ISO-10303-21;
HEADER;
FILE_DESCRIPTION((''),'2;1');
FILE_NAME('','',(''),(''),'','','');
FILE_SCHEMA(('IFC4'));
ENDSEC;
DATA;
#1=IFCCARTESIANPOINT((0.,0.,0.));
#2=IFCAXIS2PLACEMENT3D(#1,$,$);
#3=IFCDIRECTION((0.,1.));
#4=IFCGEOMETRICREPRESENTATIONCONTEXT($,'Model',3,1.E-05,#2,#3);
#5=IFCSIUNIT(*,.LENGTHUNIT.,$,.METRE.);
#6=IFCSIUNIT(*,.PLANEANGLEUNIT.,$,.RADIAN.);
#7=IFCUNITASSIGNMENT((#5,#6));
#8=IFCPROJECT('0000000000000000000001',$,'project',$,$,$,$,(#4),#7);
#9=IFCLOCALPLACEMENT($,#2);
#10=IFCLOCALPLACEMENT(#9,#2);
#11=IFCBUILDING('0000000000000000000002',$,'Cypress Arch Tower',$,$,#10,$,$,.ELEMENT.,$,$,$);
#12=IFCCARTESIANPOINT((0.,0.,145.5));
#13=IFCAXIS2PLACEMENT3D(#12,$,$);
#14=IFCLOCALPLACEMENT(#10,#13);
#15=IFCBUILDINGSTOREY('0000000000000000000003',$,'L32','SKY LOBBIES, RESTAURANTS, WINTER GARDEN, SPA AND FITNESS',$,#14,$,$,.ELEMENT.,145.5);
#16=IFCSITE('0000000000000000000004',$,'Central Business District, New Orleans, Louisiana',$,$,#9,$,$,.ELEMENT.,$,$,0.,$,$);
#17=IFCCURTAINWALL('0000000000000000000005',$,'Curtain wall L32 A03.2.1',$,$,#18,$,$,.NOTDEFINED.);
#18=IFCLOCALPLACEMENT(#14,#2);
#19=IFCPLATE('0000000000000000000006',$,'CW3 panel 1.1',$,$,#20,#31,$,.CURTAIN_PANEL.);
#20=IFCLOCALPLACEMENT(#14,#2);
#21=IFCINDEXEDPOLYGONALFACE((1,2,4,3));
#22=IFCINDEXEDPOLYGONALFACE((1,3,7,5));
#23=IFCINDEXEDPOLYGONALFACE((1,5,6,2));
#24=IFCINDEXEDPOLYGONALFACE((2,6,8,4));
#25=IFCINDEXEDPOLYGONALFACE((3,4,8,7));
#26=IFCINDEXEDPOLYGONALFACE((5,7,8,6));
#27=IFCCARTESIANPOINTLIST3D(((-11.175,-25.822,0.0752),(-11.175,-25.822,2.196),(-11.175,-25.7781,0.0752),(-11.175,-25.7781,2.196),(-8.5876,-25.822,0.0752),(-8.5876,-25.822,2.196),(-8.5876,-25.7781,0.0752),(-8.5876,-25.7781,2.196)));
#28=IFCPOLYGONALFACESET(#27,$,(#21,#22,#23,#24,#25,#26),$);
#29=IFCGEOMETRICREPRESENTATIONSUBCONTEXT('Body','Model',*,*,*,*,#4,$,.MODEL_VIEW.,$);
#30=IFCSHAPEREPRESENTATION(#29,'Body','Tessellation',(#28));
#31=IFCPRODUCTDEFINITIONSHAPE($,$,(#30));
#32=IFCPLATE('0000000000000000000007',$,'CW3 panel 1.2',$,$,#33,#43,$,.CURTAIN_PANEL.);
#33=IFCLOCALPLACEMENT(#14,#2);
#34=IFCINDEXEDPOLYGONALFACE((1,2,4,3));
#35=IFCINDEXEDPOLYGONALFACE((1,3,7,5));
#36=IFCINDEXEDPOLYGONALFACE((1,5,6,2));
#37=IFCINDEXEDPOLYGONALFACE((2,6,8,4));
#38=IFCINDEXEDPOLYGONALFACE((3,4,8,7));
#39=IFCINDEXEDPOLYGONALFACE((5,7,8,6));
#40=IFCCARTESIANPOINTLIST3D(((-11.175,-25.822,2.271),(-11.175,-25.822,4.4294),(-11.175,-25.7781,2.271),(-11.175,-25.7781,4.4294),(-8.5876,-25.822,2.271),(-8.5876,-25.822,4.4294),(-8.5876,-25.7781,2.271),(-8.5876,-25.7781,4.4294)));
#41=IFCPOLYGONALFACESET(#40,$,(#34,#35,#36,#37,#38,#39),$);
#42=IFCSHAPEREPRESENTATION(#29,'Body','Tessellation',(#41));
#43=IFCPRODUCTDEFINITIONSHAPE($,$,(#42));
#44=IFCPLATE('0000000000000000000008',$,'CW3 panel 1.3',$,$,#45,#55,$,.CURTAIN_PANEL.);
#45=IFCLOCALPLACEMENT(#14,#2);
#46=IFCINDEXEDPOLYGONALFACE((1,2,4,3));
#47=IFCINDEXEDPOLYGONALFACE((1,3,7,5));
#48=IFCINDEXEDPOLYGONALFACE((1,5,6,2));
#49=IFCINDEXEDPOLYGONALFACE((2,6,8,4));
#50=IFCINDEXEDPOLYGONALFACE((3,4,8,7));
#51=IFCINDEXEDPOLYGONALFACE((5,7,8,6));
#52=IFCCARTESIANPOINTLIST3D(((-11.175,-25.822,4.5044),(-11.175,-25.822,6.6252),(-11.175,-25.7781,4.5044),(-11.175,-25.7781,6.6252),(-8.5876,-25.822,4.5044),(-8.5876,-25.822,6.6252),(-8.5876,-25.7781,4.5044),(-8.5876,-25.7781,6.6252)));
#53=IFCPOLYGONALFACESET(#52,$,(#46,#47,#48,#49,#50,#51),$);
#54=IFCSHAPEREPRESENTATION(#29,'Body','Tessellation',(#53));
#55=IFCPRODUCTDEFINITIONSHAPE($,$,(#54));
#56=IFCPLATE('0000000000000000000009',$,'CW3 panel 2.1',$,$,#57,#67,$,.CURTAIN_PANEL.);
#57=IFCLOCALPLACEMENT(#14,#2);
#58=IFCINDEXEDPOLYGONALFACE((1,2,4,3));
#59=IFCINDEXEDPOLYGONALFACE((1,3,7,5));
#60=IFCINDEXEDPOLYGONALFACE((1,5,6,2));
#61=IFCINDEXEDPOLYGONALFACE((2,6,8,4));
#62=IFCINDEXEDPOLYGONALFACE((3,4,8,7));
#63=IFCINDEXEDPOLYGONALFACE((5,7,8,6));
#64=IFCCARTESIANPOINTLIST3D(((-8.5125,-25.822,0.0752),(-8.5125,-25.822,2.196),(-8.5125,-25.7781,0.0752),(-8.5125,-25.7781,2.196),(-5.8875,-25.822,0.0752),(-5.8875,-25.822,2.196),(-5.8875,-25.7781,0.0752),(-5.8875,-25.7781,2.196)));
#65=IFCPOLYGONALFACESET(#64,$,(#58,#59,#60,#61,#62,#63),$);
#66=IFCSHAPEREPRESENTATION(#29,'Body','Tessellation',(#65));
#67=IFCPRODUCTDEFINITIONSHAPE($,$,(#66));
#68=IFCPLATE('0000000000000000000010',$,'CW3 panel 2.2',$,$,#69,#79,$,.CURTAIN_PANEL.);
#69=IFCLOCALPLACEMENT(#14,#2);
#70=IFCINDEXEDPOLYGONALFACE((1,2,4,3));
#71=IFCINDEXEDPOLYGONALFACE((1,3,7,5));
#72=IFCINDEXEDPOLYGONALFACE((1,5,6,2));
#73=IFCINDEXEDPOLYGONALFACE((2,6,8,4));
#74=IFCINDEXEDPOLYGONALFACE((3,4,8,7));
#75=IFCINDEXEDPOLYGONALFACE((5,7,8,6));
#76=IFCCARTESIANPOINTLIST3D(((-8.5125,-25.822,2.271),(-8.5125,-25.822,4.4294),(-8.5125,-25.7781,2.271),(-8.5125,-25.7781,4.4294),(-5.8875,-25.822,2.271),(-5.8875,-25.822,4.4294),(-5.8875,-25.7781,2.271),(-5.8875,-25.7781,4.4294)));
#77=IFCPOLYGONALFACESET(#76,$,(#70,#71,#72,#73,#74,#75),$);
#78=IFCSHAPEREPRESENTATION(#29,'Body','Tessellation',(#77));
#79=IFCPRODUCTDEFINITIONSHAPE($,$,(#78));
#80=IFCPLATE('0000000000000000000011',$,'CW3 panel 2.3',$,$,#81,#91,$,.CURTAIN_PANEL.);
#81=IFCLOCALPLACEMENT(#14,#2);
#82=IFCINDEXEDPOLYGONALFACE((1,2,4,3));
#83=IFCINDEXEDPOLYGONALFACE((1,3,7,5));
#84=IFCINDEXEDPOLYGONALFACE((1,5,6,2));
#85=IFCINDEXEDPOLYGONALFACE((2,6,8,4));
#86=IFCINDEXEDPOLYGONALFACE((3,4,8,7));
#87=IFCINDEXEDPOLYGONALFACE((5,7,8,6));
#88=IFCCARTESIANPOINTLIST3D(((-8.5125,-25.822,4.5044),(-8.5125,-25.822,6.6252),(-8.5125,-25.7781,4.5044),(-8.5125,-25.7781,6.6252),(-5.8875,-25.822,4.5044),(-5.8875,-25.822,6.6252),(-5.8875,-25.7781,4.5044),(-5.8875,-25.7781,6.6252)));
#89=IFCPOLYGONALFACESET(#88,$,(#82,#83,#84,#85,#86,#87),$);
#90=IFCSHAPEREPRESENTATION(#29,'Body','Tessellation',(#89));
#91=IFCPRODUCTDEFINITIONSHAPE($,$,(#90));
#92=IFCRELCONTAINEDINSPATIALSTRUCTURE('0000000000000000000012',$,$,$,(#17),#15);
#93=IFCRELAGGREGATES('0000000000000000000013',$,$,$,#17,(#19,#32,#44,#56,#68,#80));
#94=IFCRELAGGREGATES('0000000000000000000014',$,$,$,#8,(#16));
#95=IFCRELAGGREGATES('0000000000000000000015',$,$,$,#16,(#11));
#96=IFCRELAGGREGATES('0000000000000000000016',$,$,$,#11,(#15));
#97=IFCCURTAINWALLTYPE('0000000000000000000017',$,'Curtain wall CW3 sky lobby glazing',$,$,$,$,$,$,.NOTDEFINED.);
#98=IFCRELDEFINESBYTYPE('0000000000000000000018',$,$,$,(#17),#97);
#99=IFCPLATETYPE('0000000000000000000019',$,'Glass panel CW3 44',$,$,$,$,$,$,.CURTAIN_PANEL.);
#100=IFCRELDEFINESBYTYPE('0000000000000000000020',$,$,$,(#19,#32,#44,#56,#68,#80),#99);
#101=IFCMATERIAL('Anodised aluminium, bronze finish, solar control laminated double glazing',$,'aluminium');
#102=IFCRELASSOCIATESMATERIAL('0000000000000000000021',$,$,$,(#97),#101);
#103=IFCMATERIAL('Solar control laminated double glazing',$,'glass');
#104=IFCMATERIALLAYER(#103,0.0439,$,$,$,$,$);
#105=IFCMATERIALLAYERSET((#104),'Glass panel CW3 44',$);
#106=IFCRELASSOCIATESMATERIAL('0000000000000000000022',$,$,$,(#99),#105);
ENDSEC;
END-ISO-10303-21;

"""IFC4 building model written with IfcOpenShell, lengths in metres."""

from ifc_helpers import new_model, si_unit, direction, frame, origin, origin_2d, place, context, subcontext, project, spatial, rectangle, extrude, material, layer, layer_set, type_object, element, aggregate, save


model = new_model("IFC4")

# Units and contexts
model_context = context("Model", 3, precision=1e-05, world=origin(), true_north=direction((0.0, 1.0)))
body_context = subcontext(model_context, "Body", "Model", "MODEL_VIEW")
ifc_project = project(units=[si_unit("LENGTHUNIT", "METRE"), si_unit("PLANEANGLEUNIT", "RADIAN")], contexts=[model_context])

# Site, building, storey
site_placement = place(None, origin())
site = spatial("IfcSite", under=ifc_project, at=site_placement, Name="Central Business District, New Orleans, Louisiana", CompositionType="ELEMENT", RefElevation=0.0)
building_placement = place(site_placement, origin())
building = spatial("IfcBuilding", under=site, at=building_placement, Name="Cypress Arch Tower", CompositionType="ELEMENT")
storey_placement = place(building_placement, frame((0.0, 0.0, 145.5)))
storey = spatial("IfcBuildingStorey", under=building, at=storey_placement, Name="L32", Description="SKY LOBBIES, RESTAURANTS, WINTER GARDEN, SPA AND FITNESS", CompositionType="ELEMENT", Elevation=145.5)

# Shared definitions
ifc_material_1 = material(Name="Anodised aluminium, bronze finish, solar control laminated double glazing", Category="aluminium")
curtain_wall_type = type_object("IfcCurtainWallType", Name="Curtain wall CW3 sky lobby glazing", PredefinedType="NOTDEFINED", material=ifc_material_1)

# Curtain wall, plates
curtain_wall_1_placement = place(storey_placement, origin())
curtain_wall_1 = element("IfcCurtainWall", 1, at=curtain_wall_1_placement, inside=storey, type_object=curtain_wall_type, Name="Curtain wall L32 A03.2.1", PredefinedType="NOTDEFINED")
ifc_material_2 = material(Name="Solar control laminated double glazing", Category="glass")
ifc_layer = layer(ifc_material_2, 0.0439)
ifc_layer_set = layer_set([ifc_layer], Name="Glass panel CW3 44")
plate_type = type_object("IfcPlateType", Name="Glass panel CW3 44", PredefinedType="CURTAIN_PANEL", material=ifc_layer_set)
plate_1_placement = place(storey_placement, frame((-9.8813, -25.8, 0.0752), z_axis=(0.0, 0.0, 1.0), x_axis=(1.0, 0.0, 0.0)))
plate_1 = element("IfcPlate", 2, at=plate_1_placement, type_object=plate_type, Name="CW3 panel 1.1", PredefinedType="CURTAIN_PANEL", context=body_context, shape_type="SweptSolid", body=[
    extrude(rectangle(XDim=2.5874, YDim=0.0439, at=origin_2d()), origin(), (0.0, 0.0, 1.0), 2.1208),
])
plate_2_placement = place(storey_placement, frame((-9.8813, -25.8, 2.271), z_axis=(0.0, 0.0, 1.0), x_axis=(1.0, 0.0, 0.0)))
plate_2 = element("IfcPlate", 3, at=plate_2_placement, type_object=plate_type, Name="CW3 panel 1.2", PredefinedType="CURTAIN_PANEL", context=body_context, shape_type="SweptSolid", body=[
    extrude(rectangle(XDim=2.5874, YDim=0.0439, at=origin_2d()), origin(), (0.0, 0.0, 1.0), 2.1584),
])
plate_3_placement = place(storey_placement, frame((-9.8813, -25.8, 4.5044), z_axis=(0.0, 0.0, 1.0), x_axis=(1.0, 0.0, 0.0)))
plate_3 = element("IfcPlate", 4, at=plate_3_placement, type_object=plate_type, Name="CW3 panel 1.3", PredefinedType="CURTAIN_PANEL", context=body_context, shape_type="SweptSolid", body=[
    extrude(rectangle(XDim=2.5874, YDim=0.0439, at=origin_2d()), origin(), (0.0, 0.0, 1.0), 2.1208),
])
plate_4_placement = place(storey_placement, frame((-7.2, -25.8, 0.0752), z_axis=(0.0, 0.0, 1.0), x_axis=(1.0, 0.0, 0.0)))
plate_4 = element("IfcPlate", 5, at=plate_4_placement, type_object=plate_type, Name="CW3 panel 2.1", PredefinedType="CURTAIN_PANEL", context=body_context, shape_type="SweptSolid", body=[
    extrude(rectangle(XDim=2.625, YDim=0.0439, at=origin_2d()), origin(), (0.0, 0.0, 1.0), 2.1208),
])
plate_5_placement = place(storey_placement, frame((-7.2, -25.8, 2.271), z_axis=(0.0, 0.0, 1.0), x_axis=(1.0, 0.0, 0.0)))
plate_5 = element("IfcPlate", 6, at=plate_5_placement, type_object=plate_type, Name="CW3 panel 2.2", PredefinedType="CURTAIN_PANEL", context=body_context, shape_type="SweptSolid", body=[
    extrude(rectangle(XDim=2.625, YDim=0.0439, at=origin_2d()), origin(), (0.0, 0.0, 1.0), 2.1584),
])
plate_6_placement = place(storey_placement, frame((-7.2, -25.8, 4.5044), z_axis=(0.0, 0.0, 1.0), x_axis=(1.0, 0.0, 0.0)))
plate_6 = element("IfcPlate", 7, at=plate_6_placement, type_object=plate_type, Name="CW3 panel 2.3", PredefinedType="CURTAIN_PANEL", context=body_context, shape_type="SweptSolid", body=[
    extrude(rectangle(XDim=2.625, YDim=0.0439, at=origin_2d()), origin(), (0.0, 0.0, 1.0), 2.1208),
])
aggregate(curtain_wall_1, [plate_1, plate_2, plate_3, plate_4, plate_5, plate_6])

save(model, "model.ifc")
